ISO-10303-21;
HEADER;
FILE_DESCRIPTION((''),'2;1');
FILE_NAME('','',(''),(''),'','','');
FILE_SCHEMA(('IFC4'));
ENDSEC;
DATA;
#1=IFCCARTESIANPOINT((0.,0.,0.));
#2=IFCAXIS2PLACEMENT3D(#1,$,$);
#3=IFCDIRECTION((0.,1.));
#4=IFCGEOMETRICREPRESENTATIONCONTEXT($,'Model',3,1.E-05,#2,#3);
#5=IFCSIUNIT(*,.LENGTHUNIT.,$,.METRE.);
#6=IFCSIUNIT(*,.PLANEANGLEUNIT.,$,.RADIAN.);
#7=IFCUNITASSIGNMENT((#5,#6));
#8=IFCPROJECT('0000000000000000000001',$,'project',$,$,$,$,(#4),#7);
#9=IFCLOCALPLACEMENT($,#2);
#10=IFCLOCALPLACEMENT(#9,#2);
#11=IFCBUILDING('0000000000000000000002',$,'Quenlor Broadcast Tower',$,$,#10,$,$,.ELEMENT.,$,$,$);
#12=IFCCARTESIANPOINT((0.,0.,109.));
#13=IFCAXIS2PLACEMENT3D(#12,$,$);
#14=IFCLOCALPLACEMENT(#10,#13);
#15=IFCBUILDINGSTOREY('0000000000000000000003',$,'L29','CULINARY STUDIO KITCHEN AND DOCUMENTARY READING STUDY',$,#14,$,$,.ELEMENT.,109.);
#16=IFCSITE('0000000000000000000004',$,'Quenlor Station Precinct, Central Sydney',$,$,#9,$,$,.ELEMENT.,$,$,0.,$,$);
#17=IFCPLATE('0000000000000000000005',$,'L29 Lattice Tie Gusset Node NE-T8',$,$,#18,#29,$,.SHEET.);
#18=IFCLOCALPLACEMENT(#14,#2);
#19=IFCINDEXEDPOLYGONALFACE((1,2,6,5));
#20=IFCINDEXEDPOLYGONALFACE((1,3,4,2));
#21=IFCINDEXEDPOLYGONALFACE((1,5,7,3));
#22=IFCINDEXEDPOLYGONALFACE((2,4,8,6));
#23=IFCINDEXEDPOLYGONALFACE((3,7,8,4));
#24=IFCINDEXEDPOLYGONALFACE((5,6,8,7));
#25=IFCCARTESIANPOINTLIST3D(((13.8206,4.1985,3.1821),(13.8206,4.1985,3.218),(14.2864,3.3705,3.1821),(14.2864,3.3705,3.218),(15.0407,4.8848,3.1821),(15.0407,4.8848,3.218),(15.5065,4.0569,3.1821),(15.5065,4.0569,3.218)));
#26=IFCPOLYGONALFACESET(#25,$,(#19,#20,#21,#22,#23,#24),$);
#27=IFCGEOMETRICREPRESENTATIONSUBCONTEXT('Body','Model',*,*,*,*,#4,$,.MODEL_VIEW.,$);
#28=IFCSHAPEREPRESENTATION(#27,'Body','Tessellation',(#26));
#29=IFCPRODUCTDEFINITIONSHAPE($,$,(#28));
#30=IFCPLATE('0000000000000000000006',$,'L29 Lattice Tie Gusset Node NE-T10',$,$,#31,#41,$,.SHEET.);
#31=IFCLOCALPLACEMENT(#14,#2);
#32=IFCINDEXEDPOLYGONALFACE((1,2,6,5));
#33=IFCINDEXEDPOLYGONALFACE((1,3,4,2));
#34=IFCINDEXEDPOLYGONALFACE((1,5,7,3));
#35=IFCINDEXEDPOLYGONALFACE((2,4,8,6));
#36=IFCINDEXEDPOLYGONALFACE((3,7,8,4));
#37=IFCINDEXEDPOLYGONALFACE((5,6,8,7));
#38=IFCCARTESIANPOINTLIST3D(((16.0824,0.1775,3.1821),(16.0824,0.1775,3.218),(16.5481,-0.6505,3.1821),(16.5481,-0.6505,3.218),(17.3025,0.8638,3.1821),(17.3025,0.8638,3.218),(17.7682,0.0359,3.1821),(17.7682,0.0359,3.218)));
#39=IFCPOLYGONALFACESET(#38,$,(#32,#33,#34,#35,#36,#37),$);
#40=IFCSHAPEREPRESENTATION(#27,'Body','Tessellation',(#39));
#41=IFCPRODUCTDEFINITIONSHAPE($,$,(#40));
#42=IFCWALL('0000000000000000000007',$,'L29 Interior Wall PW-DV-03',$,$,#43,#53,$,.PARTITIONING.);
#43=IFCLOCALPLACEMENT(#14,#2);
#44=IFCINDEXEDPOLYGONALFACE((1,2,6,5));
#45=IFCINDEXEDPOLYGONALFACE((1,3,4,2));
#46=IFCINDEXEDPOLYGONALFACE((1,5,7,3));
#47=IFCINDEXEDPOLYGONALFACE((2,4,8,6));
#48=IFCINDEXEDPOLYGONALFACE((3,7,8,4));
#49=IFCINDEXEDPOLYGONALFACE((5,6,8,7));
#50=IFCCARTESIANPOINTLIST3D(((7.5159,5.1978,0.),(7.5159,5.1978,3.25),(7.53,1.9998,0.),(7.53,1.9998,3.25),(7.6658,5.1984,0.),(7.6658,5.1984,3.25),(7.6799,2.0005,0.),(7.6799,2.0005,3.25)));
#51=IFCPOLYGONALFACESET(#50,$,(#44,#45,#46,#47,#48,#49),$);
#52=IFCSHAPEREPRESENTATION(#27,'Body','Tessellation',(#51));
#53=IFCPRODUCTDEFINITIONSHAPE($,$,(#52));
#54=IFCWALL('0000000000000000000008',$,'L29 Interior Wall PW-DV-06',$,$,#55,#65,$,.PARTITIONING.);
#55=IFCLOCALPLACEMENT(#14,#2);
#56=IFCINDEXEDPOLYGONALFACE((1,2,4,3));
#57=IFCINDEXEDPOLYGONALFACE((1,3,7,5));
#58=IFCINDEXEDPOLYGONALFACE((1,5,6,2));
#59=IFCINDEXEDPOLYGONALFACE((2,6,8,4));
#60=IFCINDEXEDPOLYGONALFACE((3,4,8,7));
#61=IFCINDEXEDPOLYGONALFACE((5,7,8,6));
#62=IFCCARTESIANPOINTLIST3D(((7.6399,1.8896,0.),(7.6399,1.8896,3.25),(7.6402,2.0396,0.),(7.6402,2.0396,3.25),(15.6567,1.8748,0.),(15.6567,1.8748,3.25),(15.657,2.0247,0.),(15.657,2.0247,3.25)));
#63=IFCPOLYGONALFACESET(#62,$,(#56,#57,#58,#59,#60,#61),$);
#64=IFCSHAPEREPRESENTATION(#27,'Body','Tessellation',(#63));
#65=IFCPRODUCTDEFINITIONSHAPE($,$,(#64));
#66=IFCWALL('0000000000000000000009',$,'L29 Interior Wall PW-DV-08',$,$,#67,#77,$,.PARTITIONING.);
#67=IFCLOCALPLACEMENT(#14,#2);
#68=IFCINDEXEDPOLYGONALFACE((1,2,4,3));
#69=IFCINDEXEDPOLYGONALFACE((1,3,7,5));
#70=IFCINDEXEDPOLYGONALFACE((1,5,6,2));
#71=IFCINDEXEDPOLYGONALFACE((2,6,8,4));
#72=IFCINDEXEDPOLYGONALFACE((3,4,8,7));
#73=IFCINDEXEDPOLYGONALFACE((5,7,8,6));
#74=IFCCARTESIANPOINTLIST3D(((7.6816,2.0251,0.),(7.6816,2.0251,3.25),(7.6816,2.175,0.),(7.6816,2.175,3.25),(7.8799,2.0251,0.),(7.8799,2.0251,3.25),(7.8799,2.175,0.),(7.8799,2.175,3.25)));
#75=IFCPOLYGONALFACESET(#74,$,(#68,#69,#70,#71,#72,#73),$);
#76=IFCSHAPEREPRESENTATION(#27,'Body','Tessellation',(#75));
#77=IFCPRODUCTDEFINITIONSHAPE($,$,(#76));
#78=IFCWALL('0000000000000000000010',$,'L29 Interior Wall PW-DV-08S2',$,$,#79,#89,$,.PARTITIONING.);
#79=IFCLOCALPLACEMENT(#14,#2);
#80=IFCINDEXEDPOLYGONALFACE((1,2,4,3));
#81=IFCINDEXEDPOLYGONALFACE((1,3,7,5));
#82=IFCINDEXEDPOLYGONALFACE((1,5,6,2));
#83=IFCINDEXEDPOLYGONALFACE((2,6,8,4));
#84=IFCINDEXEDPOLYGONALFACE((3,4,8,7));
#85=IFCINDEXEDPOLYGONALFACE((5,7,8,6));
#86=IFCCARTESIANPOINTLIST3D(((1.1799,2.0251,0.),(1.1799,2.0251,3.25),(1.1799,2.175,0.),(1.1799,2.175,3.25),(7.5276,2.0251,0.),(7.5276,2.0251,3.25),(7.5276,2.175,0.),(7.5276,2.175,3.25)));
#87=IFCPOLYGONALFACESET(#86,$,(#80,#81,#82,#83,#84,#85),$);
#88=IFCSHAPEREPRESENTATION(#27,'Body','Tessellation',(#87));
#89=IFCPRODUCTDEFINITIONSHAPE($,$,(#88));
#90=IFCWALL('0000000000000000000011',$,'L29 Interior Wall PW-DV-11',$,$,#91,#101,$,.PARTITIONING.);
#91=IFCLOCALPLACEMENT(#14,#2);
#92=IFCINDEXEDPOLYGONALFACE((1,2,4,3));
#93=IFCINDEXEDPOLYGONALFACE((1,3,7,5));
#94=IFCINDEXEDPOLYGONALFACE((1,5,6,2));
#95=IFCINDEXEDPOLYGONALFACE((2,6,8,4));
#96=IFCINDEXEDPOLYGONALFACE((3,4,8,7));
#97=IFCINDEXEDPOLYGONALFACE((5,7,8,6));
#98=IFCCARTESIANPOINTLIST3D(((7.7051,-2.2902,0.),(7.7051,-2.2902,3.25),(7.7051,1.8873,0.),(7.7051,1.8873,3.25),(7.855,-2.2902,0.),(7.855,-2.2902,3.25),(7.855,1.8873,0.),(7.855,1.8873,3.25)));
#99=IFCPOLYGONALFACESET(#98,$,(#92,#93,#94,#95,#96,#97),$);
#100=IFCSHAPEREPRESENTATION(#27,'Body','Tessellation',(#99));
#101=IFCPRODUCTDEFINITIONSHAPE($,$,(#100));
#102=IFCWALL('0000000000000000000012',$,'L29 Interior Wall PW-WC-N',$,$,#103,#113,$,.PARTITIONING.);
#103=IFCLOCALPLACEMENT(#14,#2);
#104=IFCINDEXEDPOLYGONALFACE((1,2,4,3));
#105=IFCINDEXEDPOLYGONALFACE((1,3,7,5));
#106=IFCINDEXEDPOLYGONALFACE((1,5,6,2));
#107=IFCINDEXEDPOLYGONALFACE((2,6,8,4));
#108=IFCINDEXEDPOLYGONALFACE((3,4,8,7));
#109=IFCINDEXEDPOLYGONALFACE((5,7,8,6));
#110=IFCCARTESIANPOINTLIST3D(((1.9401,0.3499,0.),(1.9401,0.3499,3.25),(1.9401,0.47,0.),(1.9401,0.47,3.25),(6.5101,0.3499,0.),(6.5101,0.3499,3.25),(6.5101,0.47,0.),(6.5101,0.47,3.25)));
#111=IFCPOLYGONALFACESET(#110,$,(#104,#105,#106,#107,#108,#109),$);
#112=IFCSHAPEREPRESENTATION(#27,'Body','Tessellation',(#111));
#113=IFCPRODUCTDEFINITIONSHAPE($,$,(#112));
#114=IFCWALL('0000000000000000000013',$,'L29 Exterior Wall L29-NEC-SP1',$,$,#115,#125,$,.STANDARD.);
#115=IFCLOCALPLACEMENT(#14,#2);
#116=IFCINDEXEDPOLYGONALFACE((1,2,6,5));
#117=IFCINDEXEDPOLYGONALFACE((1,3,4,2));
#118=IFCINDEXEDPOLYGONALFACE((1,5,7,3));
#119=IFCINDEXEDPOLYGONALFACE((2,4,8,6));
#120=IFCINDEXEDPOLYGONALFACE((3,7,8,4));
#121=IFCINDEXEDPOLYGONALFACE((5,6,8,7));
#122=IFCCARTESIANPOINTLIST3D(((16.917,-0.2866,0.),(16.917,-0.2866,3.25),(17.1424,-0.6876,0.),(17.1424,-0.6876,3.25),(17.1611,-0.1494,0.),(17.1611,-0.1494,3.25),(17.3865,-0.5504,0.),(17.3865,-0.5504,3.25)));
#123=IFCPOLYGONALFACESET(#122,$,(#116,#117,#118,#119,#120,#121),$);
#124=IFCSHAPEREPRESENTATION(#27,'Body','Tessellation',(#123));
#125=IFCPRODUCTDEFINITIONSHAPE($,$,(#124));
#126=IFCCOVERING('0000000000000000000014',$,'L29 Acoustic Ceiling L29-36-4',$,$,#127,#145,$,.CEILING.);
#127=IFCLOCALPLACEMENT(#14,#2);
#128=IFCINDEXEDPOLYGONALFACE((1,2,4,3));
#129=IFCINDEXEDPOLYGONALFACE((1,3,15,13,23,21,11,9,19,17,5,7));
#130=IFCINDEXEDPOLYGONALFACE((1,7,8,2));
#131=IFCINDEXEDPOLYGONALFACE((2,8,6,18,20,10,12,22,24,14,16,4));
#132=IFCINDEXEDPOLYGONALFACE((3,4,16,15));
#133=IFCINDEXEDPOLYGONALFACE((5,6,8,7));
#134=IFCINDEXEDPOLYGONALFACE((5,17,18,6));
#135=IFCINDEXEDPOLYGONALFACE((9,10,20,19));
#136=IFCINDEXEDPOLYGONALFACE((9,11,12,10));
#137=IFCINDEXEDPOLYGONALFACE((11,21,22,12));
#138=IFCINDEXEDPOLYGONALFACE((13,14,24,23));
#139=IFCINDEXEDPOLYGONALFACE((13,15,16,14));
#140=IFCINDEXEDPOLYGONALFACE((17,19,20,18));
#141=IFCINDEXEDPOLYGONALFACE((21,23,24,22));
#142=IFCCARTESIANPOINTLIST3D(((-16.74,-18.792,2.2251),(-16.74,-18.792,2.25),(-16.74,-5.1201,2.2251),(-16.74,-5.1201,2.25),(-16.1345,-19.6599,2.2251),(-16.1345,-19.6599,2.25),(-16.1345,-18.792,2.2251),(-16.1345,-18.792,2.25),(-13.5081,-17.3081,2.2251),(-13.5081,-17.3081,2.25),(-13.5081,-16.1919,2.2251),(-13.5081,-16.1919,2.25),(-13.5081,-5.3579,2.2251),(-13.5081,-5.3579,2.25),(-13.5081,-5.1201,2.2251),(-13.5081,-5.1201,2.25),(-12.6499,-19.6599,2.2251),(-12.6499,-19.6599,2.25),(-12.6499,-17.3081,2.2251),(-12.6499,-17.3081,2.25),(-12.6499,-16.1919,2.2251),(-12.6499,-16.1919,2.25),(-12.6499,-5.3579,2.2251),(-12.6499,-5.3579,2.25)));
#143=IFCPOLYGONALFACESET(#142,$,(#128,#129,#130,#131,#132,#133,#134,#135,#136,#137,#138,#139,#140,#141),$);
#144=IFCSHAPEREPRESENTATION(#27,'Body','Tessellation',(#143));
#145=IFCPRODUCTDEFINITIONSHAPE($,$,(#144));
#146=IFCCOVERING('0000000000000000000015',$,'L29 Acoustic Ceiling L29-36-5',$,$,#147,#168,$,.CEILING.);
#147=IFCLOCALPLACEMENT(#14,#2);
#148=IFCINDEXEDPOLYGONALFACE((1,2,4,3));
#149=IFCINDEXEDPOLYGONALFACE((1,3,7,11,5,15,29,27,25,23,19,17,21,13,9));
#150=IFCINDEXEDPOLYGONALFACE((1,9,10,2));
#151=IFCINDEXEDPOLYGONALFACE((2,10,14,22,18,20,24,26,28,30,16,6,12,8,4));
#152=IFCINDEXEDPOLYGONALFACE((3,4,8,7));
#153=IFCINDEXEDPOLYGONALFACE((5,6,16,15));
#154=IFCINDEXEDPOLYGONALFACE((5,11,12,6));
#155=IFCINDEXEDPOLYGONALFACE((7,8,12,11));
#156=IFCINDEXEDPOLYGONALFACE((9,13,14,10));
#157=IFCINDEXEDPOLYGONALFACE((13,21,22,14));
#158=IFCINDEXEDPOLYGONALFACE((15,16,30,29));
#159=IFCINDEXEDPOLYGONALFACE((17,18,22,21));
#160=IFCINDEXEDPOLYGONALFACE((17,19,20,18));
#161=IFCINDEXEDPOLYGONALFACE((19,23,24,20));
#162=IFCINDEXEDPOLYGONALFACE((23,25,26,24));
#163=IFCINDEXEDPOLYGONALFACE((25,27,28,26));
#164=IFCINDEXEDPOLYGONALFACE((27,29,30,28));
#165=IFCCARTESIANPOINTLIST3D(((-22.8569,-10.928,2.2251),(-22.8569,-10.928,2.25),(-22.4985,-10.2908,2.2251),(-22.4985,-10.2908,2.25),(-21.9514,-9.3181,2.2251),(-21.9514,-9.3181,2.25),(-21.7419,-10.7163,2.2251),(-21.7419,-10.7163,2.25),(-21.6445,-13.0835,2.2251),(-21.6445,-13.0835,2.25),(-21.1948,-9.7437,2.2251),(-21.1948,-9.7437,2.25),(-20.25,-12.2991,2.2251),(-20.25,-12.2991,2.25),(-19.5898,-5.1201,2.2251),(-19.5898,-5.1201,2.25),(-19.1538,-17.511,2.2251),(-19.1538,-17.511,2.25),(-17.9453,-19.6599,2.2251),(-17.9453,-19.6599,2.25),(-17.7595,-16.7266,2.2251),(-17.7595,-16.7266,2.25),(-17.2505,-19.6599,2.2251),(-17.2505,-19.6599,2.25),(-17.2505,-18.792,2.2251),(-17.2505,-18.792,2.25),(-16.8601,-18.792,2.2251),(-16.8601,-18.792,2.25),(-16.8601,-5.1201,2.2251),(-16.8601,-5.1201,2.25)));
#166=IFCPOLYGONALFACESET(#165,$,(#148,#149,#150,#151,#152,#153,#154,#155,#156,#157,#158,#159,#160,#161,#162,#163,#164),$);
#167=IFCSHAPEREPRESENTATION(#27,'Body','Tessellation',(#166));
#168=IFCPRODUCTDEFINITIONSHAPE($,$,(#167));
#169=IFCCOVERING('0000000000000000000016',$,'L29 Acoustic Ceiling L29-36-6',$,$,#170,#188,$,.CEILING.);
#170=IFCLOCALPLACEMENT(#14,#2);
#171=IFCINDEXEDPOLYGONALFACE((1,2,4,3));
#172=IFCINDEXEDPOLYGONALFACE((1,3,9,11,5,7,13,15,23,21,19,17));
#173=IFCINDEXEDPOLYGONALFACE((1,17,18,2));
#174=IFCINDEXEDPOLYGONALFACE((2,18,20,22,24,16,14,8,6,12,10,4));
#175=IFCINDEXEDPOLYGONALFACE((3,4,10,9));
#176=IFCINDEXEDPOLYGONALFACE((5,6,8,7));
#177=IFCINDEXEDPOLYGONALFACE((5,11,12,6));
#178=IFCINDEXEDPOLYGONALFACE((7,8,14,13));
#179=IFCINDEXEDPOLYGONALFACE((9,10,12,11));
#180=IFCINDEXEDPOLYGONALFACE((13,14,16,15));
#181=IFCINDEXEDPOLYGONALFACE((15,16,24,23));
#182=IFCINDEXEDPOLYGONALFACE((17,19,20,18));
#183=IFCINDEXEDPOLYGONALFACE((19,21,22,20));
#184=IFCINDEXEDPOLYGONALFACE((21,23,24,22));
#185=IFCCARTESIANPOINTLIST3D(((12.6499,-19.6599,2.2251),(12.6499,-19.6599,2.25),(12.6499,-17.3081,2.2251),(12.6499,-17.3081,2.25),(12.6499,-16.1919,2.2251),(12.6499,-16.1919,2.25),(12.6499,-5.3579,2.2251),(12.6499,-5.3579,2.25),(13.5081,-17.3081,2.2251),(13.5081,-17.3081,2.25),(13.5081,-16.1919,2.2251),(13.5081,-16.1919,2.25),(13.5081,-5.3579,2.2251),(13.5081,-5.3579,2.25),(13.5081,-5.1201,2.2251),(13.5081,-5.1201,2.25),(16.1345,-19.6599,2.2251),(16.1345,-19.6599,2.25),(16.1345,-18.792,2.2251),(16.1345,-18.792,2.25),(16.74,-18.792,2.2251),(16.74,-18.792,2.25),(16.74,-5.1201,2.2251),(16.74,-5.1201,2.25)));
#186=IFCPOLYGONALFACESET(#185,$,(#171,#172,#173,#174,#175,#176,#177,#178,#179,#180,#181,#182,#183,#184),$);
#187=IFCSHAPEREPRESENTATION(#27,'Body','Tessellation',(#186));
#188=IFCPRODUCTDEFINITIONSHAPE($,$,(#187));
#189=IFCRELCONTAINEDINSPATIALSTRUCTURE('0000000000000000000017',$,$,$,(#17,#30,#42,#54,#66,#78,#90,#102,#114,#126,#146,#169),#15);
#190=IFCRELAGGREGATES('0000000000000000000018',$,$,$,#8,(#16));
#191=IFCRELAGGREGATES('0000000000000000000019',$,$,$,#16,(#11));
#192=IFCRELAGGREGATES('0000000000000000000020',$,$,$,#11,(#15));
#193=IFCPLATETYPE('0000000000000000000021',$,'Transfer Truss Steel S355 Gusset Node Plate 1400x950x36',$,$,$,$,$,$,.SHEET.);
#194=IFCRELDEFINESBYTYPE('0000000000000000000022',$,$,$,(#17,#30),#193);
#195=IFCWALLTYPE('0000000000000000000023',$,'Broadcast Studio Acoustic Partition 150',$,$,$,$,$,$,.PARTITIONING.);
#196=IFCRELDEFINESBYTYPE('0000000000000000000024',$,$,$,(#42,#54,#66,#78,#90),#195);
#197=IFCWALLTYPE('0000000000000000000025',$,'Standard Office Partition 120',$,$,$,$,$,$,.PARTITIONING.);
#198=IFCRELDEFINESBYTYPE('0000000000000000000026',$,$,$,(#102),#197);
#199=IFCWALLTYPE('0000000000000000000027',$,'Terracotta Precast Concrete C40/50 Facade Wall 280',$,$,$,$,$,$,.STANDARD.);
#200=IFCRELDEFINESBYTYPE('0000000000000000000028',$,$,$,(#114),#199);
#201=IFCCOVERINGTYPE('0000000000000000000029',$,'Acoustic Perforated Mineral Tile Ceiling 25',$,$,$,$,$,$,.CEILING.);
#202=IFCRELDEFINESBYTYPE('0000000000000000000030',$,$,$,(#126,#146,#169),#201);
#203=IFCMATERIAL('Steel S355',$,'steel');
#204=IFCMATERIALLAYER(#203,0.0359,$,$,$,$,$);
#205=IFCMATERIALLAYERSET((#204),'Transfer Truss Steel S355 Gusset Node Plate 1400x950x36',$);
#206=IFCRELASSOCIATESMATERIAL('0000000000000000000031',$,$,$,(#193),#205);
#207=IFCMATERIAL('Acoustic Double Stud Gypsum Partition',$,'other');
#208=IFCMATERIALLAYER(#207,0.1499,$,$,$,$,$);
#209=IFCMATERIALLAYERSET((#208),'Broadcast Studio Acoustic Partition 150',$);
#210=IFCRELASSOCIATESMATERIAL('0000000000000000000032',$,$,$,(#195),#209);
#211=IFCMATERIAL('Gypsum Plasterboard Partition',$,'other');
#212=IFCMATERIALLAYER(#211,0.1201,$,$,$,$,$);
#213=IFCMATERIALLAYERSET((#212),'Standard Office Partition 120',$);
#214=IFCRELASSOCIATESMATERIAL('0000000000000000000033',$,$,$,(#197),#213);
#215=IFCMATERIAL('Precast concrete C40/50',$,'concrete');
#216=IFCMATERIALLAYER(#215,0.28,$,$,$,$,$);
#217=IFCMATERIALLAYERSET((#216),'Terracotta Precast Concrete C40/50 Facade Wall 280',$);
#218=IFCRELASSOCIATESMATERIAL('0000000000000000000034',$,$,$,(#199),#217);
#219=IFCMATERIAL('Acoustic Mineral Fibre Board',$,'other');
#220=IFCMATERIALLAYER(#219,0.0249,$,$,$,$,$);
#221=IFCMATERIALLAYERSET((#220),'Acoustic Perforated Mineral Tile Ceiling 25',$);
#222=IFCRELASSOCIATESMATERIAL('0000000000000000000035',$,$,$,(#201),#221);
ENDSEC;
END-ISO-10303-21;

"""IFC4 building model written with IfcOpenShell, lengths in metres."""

from ifc_helpers import new_model, si_unit, direction, frame, frame_2d, origin, origin_2d, place, context, subcontext, project, spatial, polyline, rectangle, outline, extrude, material, layer, layer_set, type_object, element, save


model = new_model("IFC4")

# Units and contexts
model_context = context("Model", 3, precision=1e-05, world=origin(), true_north=direction((0.0, 1.0)))
body_context = subcontext(model_context, "Body", "Model", "MODEL_VIEW")
ifc_project = project(units=[si_unit("LENGTHUNIT", "METRE"), si_unit("PLANEANGLEUNIT", "RADIAN")], contexts=[model_context])

# Site, building, storey
site_placement = place(None, origin())
site = spatial("IfcSite", under=ifc_project, at=site_placement, Name="Quenlor Station Precinct, Central Sydney", CompositionType="ELEMENT", RefElevation=0.0)
building_placement = place(site_placement, origin())
building = spatial("IfcBuilding", under=site, at=building_placement, Name="Quenlor Broadcast Tower", CompositionType="ELEMENT")
storey_placement = place(building_placement, frame((0.0, 0.0, 109.0)))
storey = spatial("IfcBuildingStorey", under=building, at=storey_placement, Name="L29", Description="CULINARY STUDIO KITCHEN AND DOCUMENTARY READING STUDY", CompositionType="ELEMENT", Elevation=109.0)

# Plates
ifc_material_1 = material(Name="Steel S355", Category="steel")
ifc_layer_1 = layer(ifc_material_1, 0.0359)
ifc_layer_set_1 = layer_set([ifc_layer_1], Name="Transfer Truss Steel S355 Gusset Node Plate 1400x950x36")
plate_type_1 = type_object("IfcPlateType", Name="Transfer Truss Steel S355 Gusset Node Plate 1400x950x36", PredefinedType="SHEET", material=ifc_layer_set_1)
for number, where, z_axis, x_axis, name in (
    (1, (14.6636, 4.1277, 3.1821), (0.0, 0.0, 1.0), (0.871556, 0.490295, 0.0), "L29 Lattice Tie Gusset Node NE-T8"),
    (2, (16.9253, 0.1067, 3.1821), (0.0, 0.0, 1.0), (0.871556, 0.490295, 0.0), "L29 Lattice Tie Gusset Node NE-T10"),
):
    element("IfcPlate", number, at=place(storey_placement, frame(where, z_axis=z_axis, x_axis=x_axis)), inside=storey, type_object=plate_type_1, Name=name, PredefinedType="SHEET", context=body_context, shape_type="SweptSolid", body=[
        extrude(rectangle(XDim=1.3999, YDim=0.95, at=origin_2d()), origin(), (0.0, 0.0, 1.0), 0.0359),
    ])

# Walls
ifc_material_2 = material(Name="Acoustic Double Stud Gypsum Partition", Category="other")
ifc_layer_2 = layer(ifc_material_2, 0.1499)
ifc_layer_set_2 = layer_set([ifc_layer_2], Name="Broadcast Studio Acoustic Partition 150")
wall_type_1 = type_object("IfcWallType", Name="Broadcast Studio Acoustic Partition 150", PredefinedType="PARTITIONING", material=ifc_layer_set_2)
wall_1_placement = place(storey_placement, frame((7.605, 2.0, 0.0), z_axis=(0.0, 0.0, 1.0), x_axis=(-0.004428, 0.99999, 0.0)))
element("IfcWall", 3, at=wall_1_placement, inside=storey, type_object=wall_type_1, Name="L29 Interior Wall PW-DV-03", PredefinedType="PARTITIONING", context=body_context, shape_type="SweptSolid", body=[
    extrude(rectangle(XDim=3.198, YDim=0.1499, at=frame_2d((1.5991, 0.0))), origin(), (0.0, 0.0, 1.0), 3.25),
])
wall_2_placement = place(storey_placement, frame((15.6567, 1.9497, 0.0), z_axis=(0.0, 0.0, 1.0), x_axis=(-0.999998, 0.001858, 0.0)))
element("IfcWall", 4, at=wall_2_placement, inside=storey, type_object=wall_type_1, Name="L29 Interior Wall PW-DV-06", PredefinedType="PARTITIONING", context=body_context, shape_type="SweptSolid", body=[
    extrude(rectangle(XDim=8.0168, YDim=0.1499, at=frame_2d((4.0083, 0.0))), origin(), (0.0, 0.0, 1.0), 3.25),
])
wall_3_placement = place(storey_placement, frame((7.8799, 2.1001, 0.0), z_axis=(0.0, 0.0, 1.0), x_axis=(-1.0, 0.0, 0.0)))
element("IfcWall", 5, at=wall_3_placement, inside=storey, type_object=wall_type_1, Name="L29 Interior Wall PW-DV-08", PredefinedType="PARTITIONING", context=body_context, shape_type="SweptSolid", body=[
    extrude(rectangle(XDim=0.1982, YDim=0.1499, at=frame_2d((0.0991, 0.0))), origin(), (0.0, 0.0, 1.0), 3.25),
])
wall_4_placement = place(storey_placement, frame((7.5276, 2.1001, 0.0), z_axis=(0.0, 0.0, 1.0), x_axis=(-1.0, 0.0, 0.0)))
element("IfcWall", 6, at=wall_4_placement, inside=storey, type_object=wall_type_1, Name="L29 Interior Wall PW-DV-08S2", PredefinedType="PARTITIONING", context=body_context, shape_type="SweptSolid", body=[
    extrude(rectangle(XDim=6.3477, YDim=0.1499, at=frame_2d((3.1738, 0.0))), origin(), (0.0, 0.0, 1.0), 3.25),
])
wall_5_placement = place(storey_placement, frame((7.78, 1.8875, 0.0), z_axis=(0.0, 0.0, 1.0), x_axis=(0.0, -1.0, 0.0)))
element("IfcWall", 7, at=wall_5_placement, inside=storey, type_object=wall_type_1, Name="L29 Interior Wall PW-DV-11", PredefinedType="PARTITIONING", context=body_context, shape_type="SweptSolid", body=[
    extrude(rectangle(XDim=4.1775, YDim=0.1499, at=frame_2d((2.0889, 0.0))), origin(), (0.0, 0.0, 1.0), 3.25),
])
ifc_material_3 = material(Name="Gypsum Plasterboard Partition", Category="other")
ifc_layer_3 = layer(ifc_material_3, 0.1201)
ifc_layer_set_3 = layer_set([ifc_layer_3], Name="Standard Office Partition 120")
wall_type_2 = type_object("IfcWallType", Name="Standard Office Partition 120", PredefinedType="PARTITIONING", material=ifc_layer_set_3)
wall_6_placement = place(storey_placement, frame((1.9399, 0.4099, 0.0), z_axis=(0.0, 0.0, 1.0), x_axis=(1.0, 0.0, 0.0)))
element("IfcWall", 8, at=wall_6_placement, inside=storey, type_object=wall_type_2, Name="L29 Interior Wall PW-WC-N", PredefinedType="PARTITIONING", context=body_context, shape_type="SweptSolid", body=[
    extrude(rectangle(XDim=4.5701, YDim=0.1201, at=frame_2d((2.2852, 0.0))), origin(), (0.0, 0.0, 1.0), 3.25),
])
ifc_material_4 = material(Name="Precast concrete C40/50", Category="concrete")
ifc_layer_4 = layer(ifc_material_4, 0.28)
ifc_layer_set_4 = layer_set([ifc_layer_4], Name="Terracotta Precast Concrete C40/50 Facade Wall 280")
wall_type_3 = type_object("IfcWallType", Name="Terracotta Precast Concrete C40/50 Facade Wall 280", PredefinedType="STANDARD", material=ifc_layer_set_4)
wall_7_placement = place(storey_placement, frame((17.0391, -0.218, 0.0), z_axis=(0.0, 0.0, 1.0), x_axis=(0.490009, -0.871717, 0.0)))
element("IfcWall", 9, at=wall_7_placement, inside=storey, type_object=wall_type_3, Name="L29 Exterior Wall L29-NEC-SP1", PredefinedType="STANDARD", context=body_context, shape_type="SweptSolid", body=[
    extrude(rectangle(XDim=0.46, YDim=0.28, at=frame_2d((0.23, 0.0))), origin(), (0.0, 0.0, 1.0), 3.25),
])

# Coverings
ifc_material_5 = material(Name="Acoustic Mineral Fibre Board", Category="other")
ifc_layer_5 = layer(ifc_material_5, 0.0249)
ifc_layer_set_5 = layer_set([ifc_layer_5], Name="Acoustic Perforated Mineral Tile Ceiling 25")
covering_type = type_object("IfcCoveringType", Name="Acoustic Perforated Mineral Tile Ceiling 25", PredefinedType="CEILING", material=ifc_layer_set_5)
covering_1_placement = place(storey_placement, frame((0.0, 0.0, 2.2251)))
element("IfcCovering", 10, at=covering_1_placement, inside=storey, type_object=covering_type, Name="L29 Acoustic Ceiling L29-36-4", PredefinedType="CEILING", context=body_context, shape_type="SweptSolid", body=[
    extrude(outline(polyline([(-13.5081, -5.3579), (-12.6499, -5.3579), (-12.6499, -16.1919), (-13.5081, -16.1919), (-13.5081, -17.3081), (-12.6499, -17.3081), (-12.6499, -19.6599), (-16.1345, -19.6599), (-16.1345, -18.792), (-16.74, -18.792), (-16.74, -5.1201), (-13.5081, -5.1201), (-13.5081, -5.3579)])), origin(), (0.0, 0.0, 1.0), 0.0249),
])
covering_2_placement = place(storey_placement, frame((0.0, 0.0, 2.2251)))
element("IfcCovering", 11, at=covering_2_placement, inside=storey, type_object=covering_type, Name="L29 Acoustic Ceiling L29-36-5", PredefinedType="CEILING", context=body_context, shape_type="SweptSolid", body=[
    extrude(outline(polyline([(-16.8601, -18.792), (-17.2505, -18.792), (-17.2505, -19.6599), (-17.9453, -19.6599), (-19.1538, -17.511), (-17.7595, -16.7266), (-20.25, -12.2991), (-21.6445, -13.0835), (-22.8569, -10.928), (-22.4985, -10.2908), (-21.7419, -10.7163), (-21.1948, -9.7437), (-21.9514, -9.3181), (-19.5898, -5.1201), (-16.8601, -5.1201), (-16.8601, -18.792)])), origin(), (0.0, 0.0, 1.0), 0.0249),
])
covering_3_placement = place(storey_placement, frame((0.0, 0.0, 2.2251)))
element("IfcCovering", 12, at=covering_3_placement, inside=storey, type_object=covering_type, Name="L29 Acoustic Ceiling L29-36-6", PredefinedType="CEILING", context=body_context, shape_type="SweptSolid", body=[
    extrude(outline(polyline([(13.5081, -17.3081), (13.5081, -16.1919), (12.6499, -16.1919), (12.6499, -5.3579), (13.5081, -5.3579), (13.5081, -5.1201), (16.74, -5.1201), (16.74, -18.792), (16.1345, -18.792), (16.1345, -19.6599), (12.6499, -19.6599), (12.6499, -17.3081), (13.5081, -17.3081)])), origin(), (0.0, 0.0, 1.0), 0.0249),
])

save(model, "model.ifc")
